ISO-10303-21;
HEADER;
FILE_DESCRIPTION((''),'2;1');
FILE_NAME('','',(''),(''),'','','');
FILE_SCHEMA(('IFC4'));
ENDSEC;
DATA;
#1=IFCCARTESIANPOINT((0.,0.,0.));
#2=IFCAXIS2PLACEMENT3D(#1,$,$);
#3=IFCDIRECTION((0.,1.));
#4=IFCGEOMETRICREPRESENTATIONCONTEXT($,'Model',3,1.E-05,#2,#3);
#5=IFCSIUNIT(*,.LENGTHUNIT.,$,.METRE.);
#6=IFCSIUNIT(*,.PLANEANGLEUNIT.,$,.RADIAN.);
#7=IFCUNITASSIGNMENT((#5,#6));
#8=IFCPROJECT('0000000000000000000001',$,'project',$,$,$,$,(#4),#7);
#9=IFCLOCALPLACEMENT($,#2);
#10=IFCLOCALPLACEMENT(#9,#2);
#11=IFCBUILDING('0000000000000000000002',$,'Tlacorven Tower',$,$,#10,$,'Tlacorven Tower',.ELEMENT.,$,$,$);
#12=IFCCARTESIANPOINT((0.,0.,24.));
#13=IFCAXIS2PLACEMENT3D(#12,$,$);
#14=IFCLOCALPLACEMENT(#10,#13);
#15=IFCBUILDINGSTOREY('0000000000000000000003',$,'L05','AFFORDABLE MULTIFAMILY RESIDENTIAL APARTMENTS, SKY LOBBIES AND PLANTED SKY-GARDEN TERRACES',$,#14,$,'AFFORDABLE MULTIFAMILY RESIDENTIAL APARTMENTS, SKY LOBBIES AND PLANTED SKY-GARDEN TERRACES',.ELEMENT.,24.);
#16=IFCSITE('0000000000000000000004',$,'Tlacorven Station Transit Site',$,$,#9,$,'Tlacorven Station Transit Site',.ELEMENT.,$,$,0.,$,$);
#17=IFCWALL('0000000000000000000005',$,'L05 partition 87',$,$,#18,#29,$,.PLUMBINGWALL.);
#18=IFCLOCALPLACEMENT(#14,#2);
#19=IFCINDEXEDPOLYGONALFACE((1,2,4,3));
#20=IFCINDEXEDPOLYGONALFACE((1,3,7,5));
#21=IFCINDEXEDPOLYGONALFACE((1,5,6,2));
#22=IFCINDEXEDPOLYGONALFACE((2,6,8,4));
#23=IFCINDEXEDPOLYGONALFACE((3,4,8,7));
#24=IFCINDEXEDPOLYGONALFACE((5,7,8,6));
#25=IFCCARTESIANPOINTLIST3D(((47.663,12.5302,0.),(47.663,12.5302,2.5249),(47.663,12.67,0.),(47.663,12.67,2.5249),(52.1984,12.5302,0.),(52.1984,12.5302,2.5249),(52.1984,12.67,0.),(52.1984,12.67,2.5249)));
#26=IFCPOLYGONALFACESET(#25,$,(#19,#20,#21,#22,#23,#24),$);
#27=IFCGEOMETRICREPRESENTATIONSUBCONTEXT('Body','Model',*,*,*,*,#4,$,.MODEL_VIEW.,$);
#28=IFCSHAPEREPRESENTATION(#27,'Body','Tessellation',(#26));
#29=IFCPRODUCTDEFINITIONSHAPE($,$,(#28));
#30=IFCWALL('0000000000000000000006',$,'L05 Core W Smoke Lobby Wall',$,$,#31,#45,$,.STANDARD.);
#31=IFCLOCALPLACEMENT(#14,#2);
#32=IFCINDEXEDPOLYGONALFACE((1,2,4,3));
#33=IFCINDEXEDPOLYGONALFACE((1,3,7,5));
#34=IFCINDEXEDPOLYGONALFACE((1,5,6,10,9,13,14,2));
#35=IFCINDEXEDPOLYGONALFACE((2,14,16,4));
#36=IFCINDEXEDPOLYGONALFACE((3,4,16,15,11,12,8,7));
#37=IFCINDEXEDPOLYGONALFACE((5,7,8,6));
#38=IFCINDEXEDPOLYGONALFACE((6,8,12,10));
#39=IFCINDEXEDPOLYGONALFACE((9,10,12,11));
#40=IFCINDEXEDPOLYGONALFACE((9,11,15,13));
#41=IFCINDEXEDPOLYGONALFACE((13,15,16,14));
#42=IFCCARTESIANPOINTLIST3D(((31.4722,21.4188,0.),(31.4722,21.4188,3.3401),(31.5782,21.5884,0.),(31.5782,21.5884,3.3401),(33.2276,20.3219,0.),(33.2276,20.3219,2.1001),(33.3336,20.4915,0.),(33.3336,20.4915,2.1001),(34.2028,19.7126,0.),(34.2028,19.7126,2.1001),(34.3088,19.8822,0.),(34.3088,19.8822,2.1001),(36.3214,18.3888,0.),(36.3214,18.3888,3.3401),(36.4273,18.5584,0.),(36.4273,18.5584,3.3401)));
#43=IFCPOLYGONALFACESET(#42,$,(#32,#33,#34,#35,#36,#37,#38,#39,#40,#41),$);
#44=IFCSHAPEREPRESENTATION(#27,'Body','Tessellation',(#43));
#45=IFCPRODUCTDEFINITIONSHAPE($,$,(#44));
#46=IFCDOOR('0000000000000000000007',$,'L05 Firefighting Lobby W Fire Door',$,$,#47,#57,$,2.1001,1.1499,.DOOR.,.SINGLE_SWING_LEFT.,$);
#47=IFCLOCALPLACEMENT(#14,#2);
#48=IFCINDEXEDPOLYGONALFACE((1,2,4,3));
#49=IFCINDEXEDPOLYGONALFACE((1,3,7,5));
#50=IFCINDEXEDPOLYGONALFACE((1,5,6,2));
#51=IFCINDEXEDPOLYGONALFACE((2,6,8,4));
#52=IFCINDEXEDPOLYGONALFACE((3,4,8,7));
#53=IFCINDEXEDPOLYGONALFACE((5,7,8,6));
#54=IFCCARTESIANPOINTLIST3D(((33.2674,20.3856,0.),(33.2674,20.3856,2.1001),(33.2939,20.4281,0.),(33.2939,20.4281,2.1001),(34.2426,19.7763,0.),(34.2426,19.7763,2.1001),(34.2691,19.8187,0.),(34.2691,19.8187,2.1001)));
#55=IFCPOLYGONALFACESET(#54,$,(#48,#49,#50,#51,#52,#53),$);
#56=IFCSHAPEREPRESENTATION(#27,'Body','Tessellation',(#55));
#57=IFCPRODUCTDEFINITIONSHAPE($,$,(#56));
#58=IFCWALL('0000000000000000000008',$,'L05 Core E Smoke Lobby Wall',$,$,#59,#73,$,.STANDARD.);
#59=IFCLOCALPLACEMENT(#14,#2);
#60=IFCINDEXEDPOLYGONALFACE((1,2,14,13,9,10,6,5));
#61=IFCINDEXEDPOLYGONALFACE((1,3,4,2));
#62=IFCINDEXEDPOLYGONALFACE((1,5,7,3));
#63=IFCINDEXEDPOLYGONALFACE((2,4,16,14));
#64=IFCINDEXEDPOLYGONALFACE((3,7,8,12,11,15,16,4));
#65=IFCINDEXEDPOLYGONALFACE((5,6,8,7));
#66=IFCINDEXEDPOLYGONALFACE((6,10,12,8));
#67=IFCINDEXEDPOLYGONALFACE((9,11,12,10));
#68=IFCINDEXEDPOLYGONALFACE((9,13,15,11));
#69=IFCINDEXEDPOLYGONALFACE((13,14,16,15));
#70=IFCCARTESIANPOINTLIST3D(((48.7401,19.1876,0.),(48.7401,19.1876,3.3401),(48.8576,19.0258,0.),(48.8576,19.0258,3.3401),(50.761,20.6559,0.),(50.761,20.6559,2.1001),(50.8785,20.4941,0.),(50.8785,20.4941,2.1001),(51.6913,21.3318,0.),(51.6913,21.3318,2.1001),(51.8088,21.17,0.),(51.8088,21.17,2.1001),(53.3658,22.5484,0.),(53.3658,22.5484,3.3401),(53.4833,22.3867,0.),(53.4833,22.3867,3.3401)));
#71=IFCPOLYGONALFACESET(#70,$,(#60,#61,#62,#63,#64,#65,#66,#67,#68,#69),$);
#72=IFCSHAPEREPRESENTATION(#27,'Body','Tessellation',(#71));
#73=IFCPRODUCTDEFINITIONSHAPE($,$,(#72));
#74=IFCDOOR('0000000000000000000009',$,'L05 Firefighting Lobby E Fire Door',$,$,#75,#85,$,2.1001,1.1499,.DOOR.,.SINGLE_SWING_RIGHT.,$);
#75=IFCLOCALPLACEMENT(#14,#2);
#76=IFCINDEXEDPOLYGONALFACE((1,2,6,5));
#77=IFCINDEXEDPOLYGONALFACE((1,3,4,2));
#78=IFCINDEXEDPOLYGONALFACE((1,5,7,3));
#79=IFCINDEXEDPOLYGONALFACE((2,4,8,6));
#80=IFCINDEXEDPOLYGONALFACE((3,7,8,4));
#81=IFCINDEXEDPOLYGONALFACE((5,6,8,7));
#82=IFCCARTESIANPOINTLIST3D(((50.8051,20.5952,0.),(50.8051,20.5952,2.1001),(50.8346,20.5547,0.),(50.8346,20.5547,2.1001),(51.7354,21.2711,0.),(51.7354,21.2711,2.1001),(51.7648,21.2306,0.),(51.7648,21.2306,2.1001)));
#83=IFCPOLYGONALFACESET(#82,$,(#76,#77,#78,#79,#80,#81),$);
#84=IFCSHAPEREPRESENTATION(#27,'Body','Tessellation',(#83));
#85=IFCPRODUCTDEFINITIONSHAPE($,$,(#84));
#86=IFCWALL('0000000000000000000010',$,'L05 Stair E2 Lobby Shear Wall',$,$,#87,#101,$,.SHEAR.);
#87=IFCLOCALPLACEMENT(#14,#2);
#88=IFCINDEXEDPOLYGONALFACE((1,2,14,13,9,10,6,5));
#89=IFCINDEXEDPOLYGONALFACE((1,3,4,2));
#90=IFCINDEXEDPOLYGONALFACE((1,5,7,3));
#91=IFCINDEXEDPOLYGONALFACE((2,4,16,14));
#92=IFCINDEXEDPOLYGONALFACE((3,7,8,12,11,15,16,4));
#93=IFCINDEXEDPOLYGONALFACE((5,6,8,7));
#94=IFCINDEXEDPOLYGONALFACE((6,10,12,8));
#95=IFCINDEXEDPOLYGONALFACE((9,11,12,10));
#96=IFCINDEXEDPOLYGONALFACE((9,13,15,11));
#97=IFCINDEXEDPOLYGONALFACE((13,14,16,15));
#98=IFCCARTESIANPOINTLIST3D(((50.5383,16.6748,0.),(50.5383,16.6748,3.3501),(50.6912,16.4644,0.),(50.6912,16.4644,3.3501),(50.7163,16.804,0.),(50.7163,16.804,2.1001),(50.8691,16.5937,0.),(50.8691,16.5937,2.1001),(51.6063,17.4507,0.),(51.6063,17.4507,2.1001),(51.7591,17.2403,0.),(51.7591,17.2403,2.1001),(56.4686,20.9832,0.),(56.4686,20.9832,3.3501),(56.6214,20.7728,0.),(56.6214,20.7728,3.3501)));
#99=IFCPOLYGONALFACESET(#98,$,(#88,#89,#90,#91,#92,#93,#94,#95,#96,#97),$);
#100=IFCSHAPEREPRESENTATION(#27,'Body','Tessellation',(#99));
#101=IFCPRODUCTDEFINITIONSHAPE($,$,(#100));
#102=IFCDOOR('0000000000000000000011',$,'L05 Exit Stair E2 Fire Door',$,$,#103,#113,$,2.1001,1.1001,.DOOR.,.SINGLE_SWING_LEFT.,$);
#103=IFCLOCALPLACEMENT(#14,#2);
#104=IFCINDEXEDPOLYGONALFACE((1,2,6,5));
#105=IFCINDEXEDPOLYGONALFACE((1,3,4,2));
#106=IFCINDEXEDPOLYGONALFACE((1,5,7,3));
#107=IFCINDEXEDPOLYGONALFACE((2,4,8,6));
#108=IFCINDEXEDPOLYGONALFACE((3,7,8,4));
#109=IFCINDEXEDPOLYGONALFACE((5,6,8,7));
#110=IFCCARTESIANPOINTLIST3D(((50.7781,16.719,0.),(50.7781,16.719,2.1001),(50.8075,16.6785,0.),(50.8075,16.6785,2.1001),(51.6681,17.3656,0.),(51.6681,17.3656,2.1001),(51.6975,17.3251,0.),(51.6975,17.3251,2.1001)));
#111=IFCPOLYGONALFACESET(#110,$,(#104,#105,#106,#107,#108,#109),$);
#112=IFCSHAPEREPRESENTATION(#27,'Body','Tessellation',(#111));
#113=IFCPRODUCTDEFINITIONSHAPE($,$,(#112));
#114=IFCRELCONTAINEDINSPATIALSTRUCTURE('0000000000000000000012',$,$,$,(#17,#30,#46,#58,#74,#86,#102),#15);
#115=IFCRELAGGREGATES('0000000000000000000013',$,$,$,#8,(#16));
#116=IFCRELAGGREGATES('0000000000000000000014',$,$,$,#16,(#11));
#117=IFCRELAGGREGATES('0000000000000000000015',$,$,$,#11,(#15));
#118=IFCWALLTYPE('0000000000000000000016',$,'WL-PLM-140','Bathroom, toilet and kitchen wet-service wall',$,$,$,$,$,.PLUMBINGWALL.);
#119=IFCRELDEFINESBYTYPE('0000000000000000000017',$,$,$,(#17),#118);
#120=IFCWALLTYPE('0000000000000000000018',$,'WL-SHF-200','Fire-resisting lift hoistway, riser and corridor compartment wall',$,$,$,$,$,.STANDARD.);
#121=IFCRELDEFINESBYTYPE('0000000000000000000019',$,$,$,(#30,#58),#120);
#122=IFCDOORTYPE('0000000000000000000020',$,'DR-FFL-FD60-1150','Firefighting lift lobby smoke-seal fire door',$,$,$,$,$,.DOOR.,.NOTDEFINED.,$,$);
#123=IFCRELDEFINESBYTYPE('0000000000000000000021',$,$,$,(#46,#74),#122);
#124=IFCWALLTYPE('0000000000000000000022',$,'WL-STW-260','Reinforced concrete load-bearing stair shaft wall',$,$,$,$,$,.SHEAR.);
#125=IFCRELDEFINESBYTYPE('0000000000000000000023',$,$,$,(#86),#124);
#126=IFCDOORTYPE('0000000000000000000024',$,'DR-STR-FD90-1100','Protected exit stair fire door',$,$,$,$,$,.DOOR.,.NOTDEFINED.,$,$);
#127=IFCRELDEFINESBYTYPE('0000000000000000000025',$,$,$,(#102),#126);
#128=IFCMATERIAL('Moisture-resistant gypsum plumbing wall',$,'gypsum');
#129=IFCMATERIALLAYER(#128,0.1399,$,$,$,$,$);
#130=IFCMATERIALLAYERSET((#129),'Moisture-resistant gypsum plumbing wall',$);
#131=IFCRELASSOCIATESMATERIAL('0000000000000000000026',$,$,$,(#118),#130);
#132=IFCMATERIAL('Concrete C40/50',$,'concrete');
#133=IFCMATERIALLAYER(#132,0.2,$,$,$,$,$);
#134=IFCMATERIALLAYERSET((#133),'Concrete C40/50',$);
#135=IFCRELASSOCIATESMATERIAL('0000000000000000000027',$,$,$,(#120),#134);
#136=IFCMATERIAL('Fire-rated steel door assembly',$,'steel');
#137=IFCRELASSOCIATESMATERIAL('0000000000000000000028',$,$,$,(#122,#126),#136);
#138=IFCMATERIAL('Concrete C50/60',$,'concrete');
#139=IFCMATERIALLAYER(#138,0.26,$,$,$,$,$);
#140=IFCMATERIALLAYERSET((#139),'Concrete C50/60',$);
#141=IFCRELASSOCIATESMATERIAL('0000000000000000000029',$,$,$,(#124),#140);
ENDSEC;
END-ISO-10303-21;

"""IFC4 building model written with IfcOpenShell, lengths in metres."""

from ifc_helpers import new_model, si_unit, direction, frame, frame_2d, origin, place, context, subcontext, project, spatial, rectangle, extrude, source, transform, mapped, material, layer, layer_set, type_object, element, fill, save


model = new_model("IFC4")

# Units and contexts
model_context = context("Model", 3, precision=1e-05, world=origin(), true_north=direction((0.0, 1.0)))
body_context = subcontext(model_context, "Body", "Model", "MODEL_VIEW")
ifc_project = project(units=[si_unit("LENGTHUNIT", "METRE"), si_unit("PLANEANGLEUNIT", "RADIAN")], contexts=[model_context])

# Site, building, storey
site_placement = place(None, origin())
site = spatial("IfcSite", under=ifc_project, at=site_placement, Name="Tlacorven Station Transit Site", LongName="Tlacorven Station Transit Site", CompositionType="ELEMENT", RefElevation=0.0)
building_placement = place(site_placement, origin())
building = spatial("IfcBuilding", under=site, at=building_placement, Name="Tlacorven Tower", LongName="Tlacorven Tower", CompositionType="ELEMENT")
storey_placement = place(building_placement, frame((0.0, 0.0, 24.0)))
storey = spatial("IfcBuildingStorey", under=building, at=storey_placement, Name="L05", Description="AFFORDABLE MULTIFAMILY RESIDENTIAL APARTMENTS, SKY LOBBIES AND PLANTED SKY-GARDEN TERRACES", LongName="AFFORDABLE MULTIFAMILY RESIDENTIAL APARTMENTS, SKY LOBBIES AND PLANTED SKY-GARDEN TERRACES", CompositionType="ELEMENT", Elevation=24.0)

# Shared definitions
ifc_material_1 = material(Name="Fire-rated steel door assembly", Category="steel")

# Shared definitions
ifc_material_2 = material(Name="Moisture-resistant gypsum plumbing wall", Category="gypsum")
ifc_layer_1 = layer(ifc_material_2, 0.1399)
ifc_layer_set_1 = layer_set([ifc_layer_1], Name="Moisture-resistant gypsum plumbing wall")
wall_type_1 = type_object("IfcWallType", Name="WL-PLM-140", Description="Bathroom, toilet and kitchen wet-service wall", PredefinedType="PLUMBINGWALL", material=ifc_layer_set_1)

# Wall
wall_1_placement = place(storey_placement, frame((47.6631, 12.6001, 0.0), z_axis=(0.0, 0.0, 1.0), x_axis=(1.0, 0.0, 0.0)))
element("IfcWall", 1, at=wall_1_placement, inside=storey, type_object=wall_type_1, Name="L05 partition 87", PredefinedType="PLUMBINGWALL", context=body_context, shape_type="SweptSolid", body=[
    extrude(rectangle(XDim=4.5354, YDim=0.1399, at=frame_2d((2.2676, 0.0))), origin(), (0.0, 0.0, 1.0), 2.5249),
])

# Walls, openings, doors
ifc_material_3 = material(Name="Concrete C40/50", Category="concrete")
ifc_layer_2 = layer(ifc_material_3, 0.2)
ifc_layer_set_2 = layer_set([ifc_layer_2], Name="Concrete C40/50")
wall_type_2 = type_object("IfcWallType", Name="WL-SHF-200", Description="Fire-resisting lift hoistway, riser and corridor compartment wall", PredefinedType="STANDARD", material=ifc_layer_set_2)
wall_2_placement = place(storey_placement, frame((36.3743, 18.4736, 0.0), z_axis=(0.0, 0.0, 1.0), x_axis=(-0.848051, 0.529915, 0.0)))
wall_2 = element("IfcWall", 2, at=wall_2_placement, inside=storey, type_object=wall_type_2, Name="L05 Core W Smoke Lobby Wall", PredefinedType="STANDARD", context=body_context, shape_type="SweptSolid", body=[
    extrude(rectangle(XDim=5.718, YDim=0.2, at=frame_2d((2.8589, 0.0))), origin(), (0.0, 0.0, 1.0), 3.3401),
])
opening_1_placement = place(wall_2_placement, frame((2.498, 0.0, 0.0)))
opening_1 = element("IfcOpeningElement", 3, at=opening_1_placement, cuts=wall_2, PredefinedType="OPENING", context=body_context, shape_type="SweptSolid", body=[
    extrude(rectangle(XDim=1.1499, YDim=2.1001, at=frame_2d((0.575, 1.05))), frame((0.0, 0.1099, 0.0), z_axis=(0.0, -1.0, 0.0), x_axis=(1.0, 0.0, 0.0)), (0.0, 0.0, 1.0), 0.22),
])
door_type_1 = type_object("IfcDoorType", Name="DR-FFL-FD60-1150", Description="Firefighting lift lobby smoke-seal fire door", OperationType="NOTDEFINED", PredefinedType="DOOR", material=ifc_material_1)
shared_shape_1 = source(origin(), body_context, "Body", "SweptSolid", [
    extrude(rectangle(XDim=1.1499, YDim=2.1001, at=frame_2d((0.575, 1.05))), frame((0.0, 0.0249, 0.0), z_axis=(0.0, -1.0, 0.0), x_axis=(1.0, 0.0, 0.0)), (0.0, 0.0, 1.0), 0.05),
])
door_1_placement = place(opening_1_placement, origin())
door_1 = element("IfcDoor", 4, at=door_1_placement, inside=storey, type_object=door_type_1, Name="L05 Firefighting Lobby W Fire Door", OperationType="SINGLE_SWING_LEFT", OverallHeight=2.1001, OverallWidth=1.1499, PredefinedType="DOOR", context=body_context, shape_type="MappedRepresentation", body=[
    mapped(shared_shape_1, transform((0.0, 0.0, 0.0), scale=1.0)),
])
fill(opening_1, door_1)
wall_3_placement = place(storey_placement, frame((48.7988, 19.1067, 0.0), z_axis=(0.0, 0.0, 1.0), x_axis=(0.809013, 0.587791, 0.0)))
wall_3 = element("IfcWall", 5, at=wall_3_placement, inside=storey, type_object=wall_type_2, Name="L05 Core E Smoke Lobby Wall", PredefinedType="STANDARD", context=body_context, shape_type="SweptSolid", body=[
    extrude(rectangle(XDim=5.7178, YDim=0.2, at=frame_2d((2.8589, 0.0))), origin(), (0.0, 0.0, 1.0), 3.3401),
])
opening_2_placement = place(wall_3_placement, frame((2.498, 0.0, 0.0)))
opening_2 = element("IfcOpeningElement", 6, at=opening_2_placement, cuts=wall_3, PredefinedType="OPENING", context=body_context, shape_type="SweptSolid", body=[
    extrude(rectangle(XDim=1.1499, YDim=2.1001, at=frame_2d((0.575, 1.05))), frame((0.0, 0.1099, 0.0), z_axis=(0.0, -1.0, 0.0), x_axis=(1.0, 0.0, 0.0)), (0.0, 0.0, 1.0), 0.22),
])
door_2_placement = place(opening_2_placement, origin())
door_2 = element("IfcDoor", 7, at=door_2_placement, inside=storey, type_object=door_type_1, Name="L05 Firefighting Lobby E Fire Door", OperationType="SINGLE_SWING_RIGHT", OverallHeight=2.1001, OverallWidth=1.1499, PredefinedType="DOOR", context=body_context, shape_type="MappedRepresentation", body=[
    mapped(shared_shape_1, transform((0.0, 0.0, 0.0), scale=1.0)),
])
fill(opening_2, door_2)
ifc_material_4 = material(Name="Concrete C50/60", Category="concrete")
ifc_layer_3 = layer(ifc_material_4, 0.26)
ifc_layer_set_3 = layer_set([ifc_layer_3], Name="Concrete C50/60")
wall_type_3 = type_object("IfcWallType", Name="WL-STW-260", Description="Reinforced concrete load-bearing stair shaft wall", PredefinedType="SHEAR", material=ifc_layer_set_3)
wall_4_placement = place(storey_placement, frame((50.6147, 16.5696, 0.0), z_axis=(0.0, 0.0, 1.0), x_axis=(0.809028, 0.58777, 0.0)))
wall_4 = element("IfcWall", 8, at=wall_4_placement, inside=storey, type_object=wall_type_3, Name="L05 Stair E2 Lobby Shear Wall", PredefinedType="SHEAR", context=body_context, shape_type="SweptSolid", body=[
    extrude(rectangle(XDim=7.3301, YDim=0.26, at=frame_2d((3.665, 0.0))), origin(), (0.0, 0.0, 1.0), 3.3501),
])
opening_3_placement = place(wall_4_placement, frame((0.22, 0.0, 0.0)))
opening_3 = element("IfcOpeningElement", 9, at=opening_3_placement, cuts=wall_4, PredefinedType="OPENING", context=body_context, shape_type="SweptSolid", body=[
    extrude(rectangle(XDim=1.1001, YDim=2.1001, at=frame_2d((0.55, 1.05))), frame((0.0, 0.1401, 0.0), z_axis=(0.0, -1.0, 0.0), x_axis=(1.0, 0.0, 0.0)), (0.0, 0.0, 1.0), 0.28),
])
door_type_2 = type_object("IfcDoorType", Name="DR-STR-FD90-1100", Description="Protected exit stair fire door", OperationType="NOTDEFINED", PredefinedType="DOOR", material=ifc_material_1)
shared_shape_2 = source(origin(), body_context, "Body", "SweptSolid", [
    extrude(rectangle(XDim=1.1001, YDim=2.1001, at=frame_2d((0.55, 1.05))), frame((0.0, 0.0249, 0.0), z_axis=(0.0, -1.0, 0.0), x_axis=(1.0, 0.0, 0.0)), (0.0, 0.0, 1.0), 0.05),
])
door_3_placement = place(opening_3_placement, origin())
door_3 = element("IfcDoor", 10, at=door_3_placement, inside=storey, type_object=door_type_2, Name="L05 Exit Stair E2 Fire Door", OperationType="SINGLE_SWING_LEFT", OverallHeight=2.1001, OverallWidth=1.1001, PredefinedType="DOOR", context=body_context, shape_type="MappedRepresentation", body=[
    mapped(shared_shape_2, transform((0.0, 0.0, 0.0), scale=1.0)),
])
fill(opening_3, door_3)

save(model, "model.ifc")
